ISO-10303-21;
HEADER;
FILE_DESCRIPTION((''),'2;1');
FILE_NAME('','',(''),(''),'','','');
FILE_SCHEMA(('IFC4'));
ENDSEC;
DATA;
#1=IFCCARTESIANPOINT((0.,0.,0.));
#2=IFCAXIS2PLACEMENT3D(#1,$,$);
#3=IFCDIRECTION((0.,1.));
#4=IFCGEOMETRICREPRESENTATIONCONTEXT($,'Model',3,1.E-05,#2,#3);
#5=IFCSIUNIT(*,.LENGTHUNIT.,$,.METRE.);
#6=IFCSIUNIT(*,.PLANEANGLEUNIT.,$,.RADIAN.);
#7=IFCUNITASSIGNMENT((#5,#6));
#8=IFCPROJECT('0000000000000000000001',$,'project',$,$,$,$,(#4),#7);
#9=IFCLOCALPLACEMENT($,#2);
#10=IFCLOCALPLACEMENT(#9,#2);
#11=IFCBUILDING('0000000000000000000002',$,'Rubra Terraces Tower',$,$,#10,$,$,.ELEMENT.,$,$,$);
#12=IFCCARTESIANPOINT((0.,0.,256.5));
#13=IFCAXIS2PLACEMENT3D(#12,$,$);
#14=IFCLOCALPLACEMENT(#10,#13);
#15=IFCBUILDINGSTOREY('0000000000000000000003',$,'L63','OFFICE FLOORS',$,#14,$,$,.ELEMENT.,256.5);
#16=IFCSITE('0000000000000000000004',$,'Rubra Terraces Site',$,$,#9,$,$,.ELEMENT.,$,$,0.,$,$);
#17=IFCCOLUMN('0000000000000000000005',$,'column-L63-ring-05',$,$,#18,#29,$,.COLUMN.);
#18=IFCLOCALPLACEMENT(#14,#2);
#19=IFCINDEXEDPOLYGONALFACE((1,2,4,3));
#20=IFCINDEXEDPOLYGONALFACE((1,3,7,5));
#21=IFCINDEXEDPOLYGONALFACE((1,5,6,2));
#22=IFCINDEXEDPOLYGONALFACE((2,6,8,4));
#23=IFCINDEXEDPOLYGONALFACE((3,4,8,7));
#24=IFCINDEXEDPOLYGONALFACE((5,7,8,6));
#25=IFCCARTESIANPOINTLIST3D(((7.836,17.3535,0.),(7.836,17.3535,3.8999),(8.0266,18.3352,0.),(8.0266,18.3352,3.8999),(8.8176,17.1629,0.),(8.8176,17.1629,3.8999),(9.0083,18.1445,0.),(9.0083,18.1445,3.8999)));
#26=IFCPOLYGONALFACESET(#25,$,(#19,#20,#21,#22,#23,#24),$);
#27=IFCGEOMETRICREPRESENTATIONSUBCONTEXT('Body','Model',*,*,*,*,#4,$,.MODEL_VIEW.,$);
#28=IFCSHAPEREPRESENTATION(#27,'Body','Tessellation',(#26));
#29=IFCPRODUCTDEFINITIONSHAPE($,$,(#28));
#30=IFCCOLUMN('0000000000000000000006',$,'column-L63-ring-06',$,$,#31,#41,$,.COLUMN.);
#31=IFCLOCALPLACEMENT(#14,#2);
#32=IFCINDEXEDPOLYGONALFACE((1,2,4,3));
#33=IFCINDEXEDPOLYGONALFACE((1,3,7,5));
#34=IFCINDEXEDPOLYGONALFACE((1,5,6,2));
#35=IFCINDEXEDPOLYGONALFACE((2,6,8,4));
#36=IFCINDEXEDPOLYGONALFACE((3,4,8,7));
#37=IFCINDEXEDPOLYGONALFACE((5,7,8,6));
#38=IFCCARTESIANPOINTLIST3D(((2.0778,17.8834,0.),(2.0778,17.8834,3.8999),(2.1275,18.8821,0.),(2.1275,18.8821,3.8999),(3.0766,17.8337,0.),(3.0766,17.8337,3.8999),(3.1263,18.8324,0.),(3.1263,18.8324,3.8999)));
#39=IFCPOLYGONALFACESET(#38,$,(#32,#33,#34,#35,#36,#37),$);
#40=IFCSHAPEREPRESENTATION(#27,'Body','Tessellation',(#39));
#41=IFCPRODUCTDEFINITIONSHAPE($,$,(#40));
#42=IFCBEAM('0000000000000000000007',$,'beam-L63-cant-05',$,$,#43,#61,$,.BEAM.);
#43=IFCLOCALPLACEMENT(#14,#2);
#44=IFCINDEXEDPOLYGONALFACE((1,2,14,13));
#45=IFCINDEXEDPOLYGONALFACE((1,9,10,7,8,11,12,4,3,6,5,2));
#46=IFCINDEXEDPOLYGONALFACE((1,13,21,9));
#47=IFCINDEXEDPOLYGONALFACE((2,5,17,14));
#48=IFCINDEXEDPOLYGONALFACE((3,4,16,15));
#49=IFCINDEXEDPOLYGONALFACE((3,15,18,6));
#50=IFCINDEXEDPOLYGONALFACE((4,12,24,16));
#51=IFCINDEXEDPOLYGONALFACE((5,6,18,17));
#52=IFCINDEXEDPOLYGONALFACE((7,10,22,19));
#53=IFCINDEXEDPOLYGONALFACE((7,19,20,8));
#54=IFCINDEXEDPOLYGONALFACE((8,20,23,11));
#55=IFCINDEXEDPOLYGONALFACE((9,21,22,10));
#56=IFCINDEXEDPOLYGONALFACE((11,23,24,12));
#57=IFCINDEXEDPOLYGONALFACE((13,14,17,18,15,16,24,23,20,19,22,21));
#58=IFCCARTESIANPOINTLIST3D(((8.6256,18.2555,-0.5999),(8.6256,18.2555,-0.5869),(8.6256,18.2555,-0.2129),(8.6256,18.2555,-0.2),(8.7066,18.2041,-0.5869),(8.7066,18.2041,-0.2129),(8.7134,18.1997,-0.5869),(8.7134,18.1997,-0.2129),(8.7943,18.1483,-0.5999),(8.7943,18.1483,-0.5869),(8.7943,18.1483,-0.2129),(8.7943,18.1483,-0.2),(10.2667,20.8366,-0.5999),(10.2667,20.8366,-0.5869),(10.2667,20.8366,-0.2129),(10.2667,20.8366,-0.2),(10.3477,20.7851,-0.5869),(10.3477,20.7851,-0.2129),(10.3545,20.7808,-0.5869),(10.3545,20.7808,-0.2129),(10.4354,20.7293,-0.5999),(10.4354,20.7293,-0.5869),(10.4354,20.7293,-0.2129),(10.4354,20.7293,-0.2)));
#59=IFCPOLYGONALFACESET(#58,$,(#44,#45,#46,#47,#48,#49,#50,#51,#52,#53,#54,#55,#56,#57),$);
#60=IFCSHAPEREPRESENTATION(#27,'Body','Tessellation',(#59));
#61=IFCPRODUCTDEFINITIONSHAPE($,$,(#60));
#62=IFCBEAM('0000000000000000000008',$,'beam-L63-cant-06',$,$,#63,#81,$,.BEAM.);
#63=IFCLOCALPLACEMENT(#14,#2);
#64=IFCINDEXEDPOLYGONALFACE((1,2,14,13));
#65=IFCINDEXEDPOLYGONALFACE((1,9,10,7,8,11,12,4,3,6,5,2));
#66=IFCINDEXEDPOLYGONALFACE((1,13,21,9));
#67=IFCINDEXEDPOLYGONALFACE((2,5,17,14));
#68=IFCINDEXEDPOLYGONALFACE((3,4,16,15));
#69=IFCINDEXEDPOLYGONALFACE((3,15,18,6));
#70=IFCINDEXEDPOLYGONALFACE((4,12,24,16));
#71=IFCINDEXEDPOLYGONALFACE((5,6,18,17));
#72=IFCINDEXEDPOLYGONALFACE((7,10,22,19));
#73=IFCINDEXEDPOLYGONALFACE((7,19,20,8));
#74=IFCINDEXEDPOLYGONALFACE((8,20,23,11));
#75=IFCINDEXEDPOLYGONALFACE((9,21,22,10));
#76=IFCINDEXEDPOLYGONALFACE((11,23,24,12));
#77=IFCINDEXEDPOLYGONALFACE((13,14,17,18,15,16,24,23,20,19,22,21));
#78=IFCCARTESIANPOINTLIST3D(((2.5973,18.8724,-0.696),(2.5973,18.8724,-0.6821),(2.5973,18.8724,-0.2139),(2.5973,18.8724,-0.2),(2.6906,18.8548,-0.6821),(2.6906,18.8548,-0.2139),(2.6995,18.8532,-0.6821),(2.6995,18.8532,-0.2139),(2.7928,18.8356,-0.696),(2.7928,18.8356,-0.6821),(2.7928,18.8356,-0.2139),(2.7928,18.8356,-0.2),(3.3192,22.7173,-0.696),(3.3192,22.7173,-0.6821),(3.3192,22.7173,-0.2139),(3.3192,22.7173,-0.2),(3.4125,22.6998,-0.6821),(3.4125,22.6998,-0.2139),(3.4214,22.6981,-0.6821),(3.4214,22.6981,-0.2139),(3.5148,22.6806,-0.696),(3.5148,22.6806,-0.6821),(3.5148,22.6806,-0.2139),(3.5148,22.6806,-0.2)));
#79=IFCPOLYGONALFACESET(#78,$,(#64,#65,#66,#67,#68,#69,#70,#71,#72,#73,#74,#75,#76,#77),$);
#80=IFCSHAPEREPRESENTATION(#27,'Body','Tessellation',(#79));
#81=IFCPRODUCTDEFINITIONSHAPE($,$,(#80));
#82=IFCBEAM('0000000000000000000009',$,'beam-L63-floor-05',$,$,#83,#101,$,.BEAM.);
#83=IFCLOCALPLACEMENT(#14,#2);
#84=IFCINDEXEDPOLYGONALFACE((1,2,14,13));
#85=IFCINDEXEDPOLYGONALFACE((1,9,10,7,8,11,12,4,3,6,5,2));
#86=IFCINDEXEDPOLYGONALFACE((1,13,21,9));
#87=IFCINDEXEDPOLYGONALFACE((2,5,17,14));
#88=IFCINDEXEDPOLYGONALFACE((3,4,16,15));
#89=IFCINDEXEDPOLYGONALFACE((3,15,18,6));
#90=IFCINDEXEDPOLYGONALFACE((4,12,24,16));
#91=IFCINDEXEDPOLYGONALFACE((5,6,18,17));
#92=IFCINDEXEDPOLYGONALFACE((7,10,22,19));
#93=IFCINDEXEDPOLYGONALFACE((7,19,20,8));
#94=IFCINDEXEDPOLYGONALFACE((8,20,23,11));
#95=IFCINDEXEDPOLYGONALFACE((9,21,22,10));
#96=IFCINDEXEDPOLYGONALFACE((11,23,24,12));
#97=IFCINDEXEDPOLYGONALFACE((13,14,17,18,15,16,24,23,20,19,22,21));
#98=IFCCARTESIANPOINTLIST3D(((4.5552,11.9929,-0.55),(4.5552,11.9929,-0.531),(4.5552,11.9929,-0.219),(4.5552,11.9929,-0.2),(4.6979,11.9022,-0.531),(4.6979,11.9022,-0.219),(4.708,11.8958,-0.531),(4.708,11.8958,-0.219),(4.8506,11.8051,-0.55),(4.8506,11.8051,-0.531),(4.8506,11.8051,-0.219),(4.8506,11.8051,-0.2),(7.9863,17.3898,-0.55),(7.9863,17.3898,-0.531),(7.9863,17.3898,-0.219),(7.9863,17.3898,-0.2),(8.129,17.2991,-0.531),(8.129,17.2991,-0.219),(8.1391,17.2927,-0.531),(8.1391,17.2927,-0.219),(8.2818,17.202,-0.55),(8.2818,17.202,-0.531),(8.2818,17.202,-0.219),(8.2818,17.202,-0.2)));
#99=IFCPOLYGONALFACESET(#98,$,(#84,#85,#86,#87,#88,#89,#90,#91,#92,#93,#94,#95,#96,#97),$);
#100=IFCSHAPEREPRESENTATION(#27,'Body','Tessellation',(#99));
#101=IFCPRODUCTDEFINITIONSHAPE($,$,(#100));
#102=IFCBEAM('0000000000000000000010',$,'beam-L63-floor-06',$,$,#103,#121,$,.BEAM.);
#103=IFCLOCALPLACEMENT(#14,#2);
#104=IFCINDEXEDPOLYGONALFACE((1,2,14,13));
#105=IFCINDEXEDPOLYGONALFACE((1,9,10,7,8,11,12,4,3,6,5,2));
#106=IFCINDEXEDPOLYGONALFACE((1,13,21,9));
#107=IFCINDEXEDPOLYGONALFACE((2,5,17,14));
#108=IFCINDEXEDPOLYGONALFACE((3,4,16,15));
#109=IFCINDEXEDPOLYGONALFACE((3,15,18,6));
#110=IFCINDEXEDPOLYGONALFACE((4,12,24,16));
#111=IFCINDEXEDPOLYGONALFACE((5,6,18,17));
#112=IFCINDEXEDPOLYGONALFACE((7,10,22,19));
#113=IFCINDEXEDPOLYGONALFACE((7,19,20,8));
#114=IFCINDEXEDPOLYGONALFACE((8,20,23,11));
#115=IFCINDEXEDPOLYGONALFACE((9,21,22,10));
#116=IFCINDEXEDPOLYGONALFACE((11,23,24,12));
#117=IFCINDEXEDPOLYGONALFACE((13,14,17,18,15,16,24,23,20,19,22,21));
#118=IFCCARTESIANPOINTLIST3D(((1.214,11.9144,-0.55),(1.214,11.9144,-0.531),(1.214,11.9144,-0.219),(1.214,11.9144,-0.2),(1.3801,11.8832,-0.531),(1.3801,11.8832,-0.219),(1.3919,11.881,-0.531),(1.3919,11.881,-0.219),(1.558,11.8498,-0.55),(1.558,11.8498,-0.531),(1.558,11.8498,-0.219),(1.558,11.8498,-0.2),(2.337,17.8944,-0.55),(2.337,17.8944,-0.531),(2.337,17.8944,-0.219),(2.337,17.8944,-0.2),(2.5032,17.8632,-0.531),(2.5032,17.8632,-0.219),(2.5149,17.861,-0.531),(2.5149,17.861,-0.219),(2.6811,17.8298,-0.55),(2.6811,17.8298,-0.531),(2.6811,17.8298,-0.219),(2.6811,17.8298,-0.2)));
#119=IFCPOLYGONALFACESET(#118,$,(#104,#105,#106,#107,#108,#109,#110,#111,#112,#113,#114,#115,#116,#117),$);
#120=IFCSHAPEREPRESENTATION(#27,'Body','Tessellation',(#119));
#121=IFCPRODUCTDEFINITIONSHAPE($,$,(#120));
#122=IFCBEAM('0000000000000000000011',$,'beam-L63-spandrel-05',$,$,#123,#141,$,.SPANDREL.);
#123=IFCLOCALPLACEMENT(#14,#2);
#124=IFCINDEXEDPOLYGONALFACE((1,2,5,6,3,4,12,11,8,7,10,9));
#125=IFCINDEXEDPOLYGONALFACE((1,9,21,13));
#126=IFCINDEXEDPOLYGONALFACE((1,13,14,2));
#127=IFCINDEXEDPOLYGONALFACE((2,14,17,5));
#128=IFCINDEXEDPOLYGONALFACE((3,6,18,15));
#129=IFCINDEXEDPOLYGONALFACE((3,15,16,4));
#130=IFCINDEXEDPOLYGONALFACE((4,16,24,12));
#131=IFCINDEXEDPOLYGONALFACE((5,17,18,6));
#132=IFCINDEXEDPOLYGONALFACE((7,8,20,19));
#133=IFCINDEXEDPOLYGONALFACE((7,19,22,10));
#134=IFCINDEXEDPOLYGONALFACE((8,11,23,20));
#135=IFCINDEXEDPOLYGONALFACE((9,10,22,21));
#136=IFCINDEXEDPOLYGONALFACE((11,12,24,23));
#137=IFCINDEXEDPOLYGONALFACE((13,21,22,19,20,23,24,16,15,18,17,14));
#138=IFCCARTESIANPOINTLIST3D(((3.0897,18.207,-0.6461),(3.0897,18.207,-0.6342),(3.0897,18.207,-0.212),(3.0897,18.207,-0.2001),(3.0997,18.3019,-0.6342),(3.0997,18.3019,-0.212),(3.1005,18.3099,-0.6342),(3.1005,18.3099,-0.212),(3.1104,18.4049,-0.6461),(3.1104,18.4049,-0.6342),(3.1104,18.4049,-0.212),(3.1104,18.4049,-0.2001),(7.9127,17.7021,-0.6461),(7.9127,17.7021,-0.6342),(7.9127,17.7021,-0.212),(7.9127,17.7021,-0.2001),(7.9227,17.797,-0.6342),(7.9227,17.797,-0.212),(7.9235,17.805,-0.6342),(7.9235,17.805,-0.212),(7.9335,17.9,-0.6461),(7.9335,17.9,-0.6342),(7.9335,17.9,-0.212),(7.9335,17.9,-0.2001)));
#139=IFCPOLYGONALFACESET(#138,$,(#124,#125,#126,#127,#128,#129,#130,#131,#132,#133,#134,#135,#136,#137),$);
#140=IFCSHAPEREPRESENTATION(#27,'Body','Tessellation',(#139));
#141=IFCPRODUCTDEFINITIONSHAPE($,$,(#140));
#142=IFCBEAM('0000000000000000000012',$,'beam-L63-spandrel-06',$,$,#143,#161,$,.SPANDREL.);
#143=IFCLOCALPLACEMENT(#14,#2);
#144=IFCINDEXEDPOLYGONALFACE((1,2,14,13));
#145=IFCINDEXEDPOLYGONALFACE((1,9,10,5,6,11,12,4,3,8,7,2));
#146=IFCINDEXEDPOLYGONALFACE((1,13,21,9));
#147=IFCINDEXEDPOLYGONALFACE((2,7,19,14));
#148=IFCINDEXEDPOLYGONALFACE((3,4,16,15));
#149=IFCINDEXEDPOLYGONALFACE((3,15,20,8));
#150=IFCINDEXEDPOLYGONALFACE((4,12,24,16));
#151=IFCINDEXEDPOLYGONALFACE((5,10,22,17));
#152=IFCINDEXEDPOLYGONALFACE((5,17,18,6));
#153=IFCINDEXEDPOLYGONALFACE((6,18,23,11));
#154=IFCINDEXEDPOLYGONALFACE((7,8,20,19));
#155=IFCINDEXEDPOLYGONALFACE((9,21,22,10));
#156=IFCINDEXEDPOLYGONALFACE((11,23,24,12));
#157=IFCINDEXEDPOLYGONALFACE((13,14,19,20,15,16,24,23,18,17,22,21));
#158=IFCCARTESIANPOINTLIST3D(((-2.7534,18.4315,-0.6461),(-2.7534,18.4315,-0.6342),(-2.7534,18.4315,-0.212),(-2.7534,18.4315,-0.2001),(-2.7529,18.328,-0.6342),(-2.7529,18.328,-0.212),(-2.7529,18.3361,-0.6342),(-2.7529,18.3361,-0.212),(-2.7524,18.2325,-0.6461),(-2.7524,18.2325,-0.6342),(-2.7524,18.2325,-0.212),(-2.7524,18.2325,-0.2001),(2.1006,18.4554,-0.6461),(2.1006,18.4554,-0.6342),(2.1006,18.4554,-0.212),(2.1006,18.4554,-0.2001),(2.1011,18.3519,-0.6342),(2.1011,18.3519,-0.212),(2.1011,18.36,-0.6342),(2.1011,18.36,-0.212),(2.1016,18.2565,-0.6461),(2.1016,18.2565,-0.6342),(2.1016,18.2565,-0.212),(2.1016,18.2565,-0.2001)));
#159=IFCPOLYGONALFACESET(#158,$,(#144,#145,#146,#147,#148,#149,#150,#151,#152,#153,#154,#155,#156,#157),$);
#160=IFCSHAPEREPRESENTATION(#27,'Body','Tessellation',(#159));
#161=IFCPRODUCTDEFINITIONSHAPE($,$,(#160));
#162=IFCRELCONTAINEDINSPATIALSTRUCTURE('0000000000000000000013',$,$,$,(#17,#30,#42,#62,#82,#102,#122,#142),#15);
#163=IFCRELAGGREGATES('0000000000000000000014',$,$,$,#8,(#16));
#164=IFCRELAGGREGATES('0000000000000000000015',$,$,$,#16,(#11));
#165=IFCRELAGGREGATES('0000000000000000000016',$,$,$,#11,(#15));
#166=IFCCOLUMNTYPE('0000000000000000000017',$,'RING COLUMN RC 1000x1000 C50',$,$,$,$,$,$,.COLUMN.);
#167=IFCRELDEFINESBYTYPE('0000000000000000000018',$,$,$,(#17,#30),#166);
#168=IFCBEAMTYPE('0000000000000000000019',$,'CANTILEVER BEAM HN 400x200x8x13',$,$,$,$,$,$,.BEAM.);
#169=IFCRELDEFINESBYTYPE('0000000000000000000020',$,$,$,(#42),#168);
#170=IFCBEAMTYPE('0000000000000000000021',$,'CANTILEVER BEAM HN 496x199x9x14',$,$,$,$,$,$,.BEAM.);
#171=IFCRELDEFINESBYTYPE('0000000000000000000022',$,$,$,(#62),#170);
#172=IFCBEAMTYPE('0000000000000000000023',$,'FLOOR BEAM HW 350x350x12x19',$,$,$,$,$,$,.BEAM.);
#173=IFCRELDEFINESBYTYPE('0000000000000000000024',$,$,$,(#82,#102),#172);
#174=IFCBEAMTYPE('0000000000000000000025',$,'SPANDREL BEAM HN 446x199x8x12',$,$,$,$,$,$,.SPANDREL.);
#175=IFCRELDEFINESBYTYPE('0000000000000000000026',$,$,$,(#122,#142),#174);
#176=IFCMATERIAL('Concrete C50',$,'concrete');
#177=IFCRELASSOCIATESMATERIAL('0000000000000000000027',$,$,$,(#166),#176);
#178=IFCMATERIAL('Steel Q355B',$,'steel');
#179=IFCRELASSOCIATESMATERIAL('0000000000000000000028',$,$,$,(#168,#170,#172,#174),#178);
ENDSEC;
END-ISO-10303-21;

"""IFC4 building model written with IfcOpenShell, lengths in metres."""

from ifc_helpers import new_model, si_unit, direction, frame, origin, origin_2d, place, context, subcontext, project, spatial, rectangle, i_section, extrude, material, material_profile, profile_set, type_object, element, save


model = new_model("IFC4")

# Units and contexts
model_context = context("Model", 3, precision=1e-05, world=origin(), true_north=direction((0.0, 1.0)))
body_context = subcontext(model_context, "Body", "Model", "MODEL_VIEW")
ifc_project = project(units=[si_unit("LENGTHUNIT", "METRE"), si_unit("PLANEANGLEUNIT", "RADIAN")], contexts=[model_context])

# Site, building, storey
site_placement = place(None, origin())
site = spatial("IfcSite", under=ifc_project, at=site_placement, Name="Rubra Terraces Site", CompositionType="ELEMENT", RefElevation=0.0)
building_placement = place(site_placement, origin())
building = spatial("IfcBuilding", under=site, at=building_placement, Name="Rubra Terraces Tower", CompositionType="ELEMENT")
storey_placement = place(building_placement, frame((0.0, 0.0, 256.5)))
storey = spatial("IfcBuildingStorey", under=building, at=storey_placement, Name="L63", Description="OFFICE FLOORS", CompositionType="ELEMENT", Elevation=256.5)

# Columns
ifc_material_1 = material(Name="Concrete C50", Category="concrete")
ifc_material_profile_1 = material_profile(ifc_material_1, rectangle(XDim=1.0, YDim=1.0, at=origin_2d()), Name="RC 1000x1000")
ifc_profile_set_1 = profile_set([ifc_material_profile_1], Name="Concrete C50")
column_type = type_object("IfcColumnType", Name="RING COLUMN RC 1000x1000 C50", PredefinedType="COLUMN", material=ifc_profile_set_1)
for number, where, z_axis, x_axis, name in (
    (1, (8.4221, 17.749, 0.0), (0.0, 0.0, 1.0), (-0.981655, 0.190668, 0.0), "column-L63-ring-05"),
    (2, (2.6021, 18.3579, 0.0), (0.0, 0.0, 1.0), (-0.998764, 0.049699, 0.0), "column-L63-ring-06"),
):
    element("IfcColumn", number, at=place(storey_placement, frame(where, z_axis=z_axis, x_axis=x_axis)), inside=storey, type_object=column_type, Name=name, PredefinedType="COLUMN", context=body_context, shape_type="SweptSolid", body=[
        extrude(rectangle(XDim=1.0, YDim=1.0, at=origin_2d()), origin(), (0.0, 0.0, 1.0), 3.8999),
    ])

# Beams
ifc_material_2 = material(Name="Steel Q355B", Category="steel")
ifc_material_profile_2 = material_profile(ifc_material_2, i_section(OverallWidth=0.2, OverallDepth=0.3999, WebThickness=0.0081, FlangeThickness=0.0129, at=origin_2d()), Name="HN 400x200x8x13")
ifc_profile_set_2 = profile_set([ifc_material_profile_2], Name="Steel Q355B")
beam_type_1 = type_object("IfcBeamType", Name="CANTILEVER BEAM HN 400x200x8x13", PredefinedType="BEAM", material=ifc_profile_set_2)
beam_1_placement = place(storey_placement, frame((8.71, 18.2019, -0.3999), z_axis=(0.536555, 0.843865, 0.0), x_axis=(-0.843865, 0.536555, 0.0)))
element("IfcBeam", 3, at=beam_1_placement, inside=storey, type_object=beam_type_1, Name="beam-L63-cant-05", PredefinedType="BEAM", context=body_context, shape_type="SweptSolid", body=[
    extrude(i_section(OverallWidth=0.2, OverallDepth=0.3999, WebThickness=0.0081, FlangeThickness=0.0129, at=origin_2d()), origin(), (0.0, 0.0, 1.0), 3.0586),
])
ifc_material_profile_3 = material_profile(ifc_material_2, i_section(OverallWidth=0.199, OverallDepth=0.4961, WebThickness=0.009, FlangeThickness=0.0139, at=origin_2d()), Name="HN 496x199x9x14")
ifc_profile_set_3 = profile_set([ifc_material_profile_3], Name="Steel Q355B")
beam_type_2 = type_object("IfcBeamType", Name="CANTILEVER BEAM HN 496x199x9x14", PredefinedType="BEAM", material=ifc_profile_set_3)
beam_2_placement = place(storey_placement, frame((2.6951, 18.854, -0.448), z_axis=(0.184533, 0.982826, 0.0), x_axis=(-0.982826, 0.184533, 0.0)))
element("IfcBeam", 4, at=beam_2_placement, inside=storey, type_object=beam_type_2, Name="beam-L63-cant-06", PredefinedType="BEAM", context=body_context, shape_type="SweptSolid", body=[
    extrude(i_section(OverallWidth=0.199, OverallDepth=0.4961, WebThickness=0.009, FlangeThickness=0.0139, at=origin_2d()), origin(), (0.0, 0.0, 1.0), 3.9121),
])
ifc_material_profile_4 = material_profile(ifc_material_2, i_section(OverallWidth=0.3501, OverallDepth=0.3501, WebThickness=0.012, FlangeThickness=0.019, at=origin_2d()), Name="HW 350x350x12x19")
ifc_profile_set_4 = profile_set([ifc_material_profile_4], Name="Steel Q355B")
beam_type_3 = type_object("IfcBeamType", Name="FLOOR BEAM HW 350x350x12x19", PredefinedType="BEAM", material=ifc_profile_set_4)
beam_3_placement = place(storey_placement, frame((8.134, 17.2959, -0.375), z_axis=(-0.53651, -0.843894, 0.0), x_axis=(0.843894, -0.53651, 0.0)))
element("IfcBeam", 5, at=beam_3_placement, inside=storey, type_object=beam_type_3, Name="beam-L63-floor-05", PredefinedType="BEAM", context=body_context, shape_type="SweptSolid", body=[
    extrude(i_section(OverallWidth=0.3501, OverallDepth=0.3501, WebThickness=0.012, FlangeThickness=0.019, at=origin_2d()), origin(), (0.0, 0.0, 1.0), 6.3953),
])
beam_4_placement = place(storey_placement, frame((2.509, 17.8621, -0.375), z_axis=(-0.184574, -0.982819, 0.0), x_axis=(0.982819, -0.184574, 0.0)))
element("IfcBeam", 6, at=beam_4_placement, inside=storey, type_object=beam_type_3, Name="beam-L63-floor-06", PredefinedType="BEAM", context=body_context, shape_type="SweptSolid", body=[
    extrude(i_section(OverallWidth=0.3501, OverallDepth=0.3501, WebThickness=0.012, FlangeThickness=0.019, at=origin_2d()), origin(), (0.0, 0.0, 1.0), 6.0845),
])
ifc_material_profile_5 = material_profile(ifc_material_2, i_section(OverallWidth=0.199, OverallDepth=0.446, WebThickness=0.0081, FlangeThickness=0.012, at=origin_2d()), Name="HN 446x199x8x12")
ifc_profile_set_5 = profile_set([ifc_material_profile_5], Name="Steel Q355B")
beam_type_4 = type_object("IfcBeamType", Name="SPANDREL BEAM HN 446x199x8x12", PredefinedType="SPANDREL", material=ifc_profile_set_5)
beam_5_placement = place(storey_placement, frame((7.9231, 17.801, -0.4231), z_axis=(-0.994565, 0.104113, 0.0), x_axis=(-0.104113, -0.994565, 0.0)))
element("IfcBeam", 7, at=beam_5_placement, inside=storey, type_object=beam_type_4, Name="beam-L63-spandrel-05", PredefinedType="SPANDREL", context=body_context, shape_type="SweptSolid", body=[
    extrude(i_section(OverallWidth=0.199, OverallDepth=0.446, WebThickness=0.0081, FlangeThickness=0.012, at=origin_2d()), origin(), (0.0, 0.0, 1.0), 4.8494),
])
beam_6_placement = place(storey_placement, frame((2.1011, 18.356, -0.4231), z_axis=(-0.999988, -0.004929, 0.0), x_axis=(0.004929, -0.999988, 0.0)))
element("IfcBeam", 8, at=beam_6_placement, inside=storey, type_object=beam_type_4, Name="beam-L63-spandrel-06", PredefinedType="SPANDREL", context=body_context, shape_type="SweptSolid", body=[
    extrude(i_section(OverallWidth=0.199, OverallDepth=0.446, WebThickness=0.0081, FlangeThickness=0.012, at=origin_2d()), origin(), (0.0, 0.0, 1.0), 4.854),
])

save(model, "model.ifc")
